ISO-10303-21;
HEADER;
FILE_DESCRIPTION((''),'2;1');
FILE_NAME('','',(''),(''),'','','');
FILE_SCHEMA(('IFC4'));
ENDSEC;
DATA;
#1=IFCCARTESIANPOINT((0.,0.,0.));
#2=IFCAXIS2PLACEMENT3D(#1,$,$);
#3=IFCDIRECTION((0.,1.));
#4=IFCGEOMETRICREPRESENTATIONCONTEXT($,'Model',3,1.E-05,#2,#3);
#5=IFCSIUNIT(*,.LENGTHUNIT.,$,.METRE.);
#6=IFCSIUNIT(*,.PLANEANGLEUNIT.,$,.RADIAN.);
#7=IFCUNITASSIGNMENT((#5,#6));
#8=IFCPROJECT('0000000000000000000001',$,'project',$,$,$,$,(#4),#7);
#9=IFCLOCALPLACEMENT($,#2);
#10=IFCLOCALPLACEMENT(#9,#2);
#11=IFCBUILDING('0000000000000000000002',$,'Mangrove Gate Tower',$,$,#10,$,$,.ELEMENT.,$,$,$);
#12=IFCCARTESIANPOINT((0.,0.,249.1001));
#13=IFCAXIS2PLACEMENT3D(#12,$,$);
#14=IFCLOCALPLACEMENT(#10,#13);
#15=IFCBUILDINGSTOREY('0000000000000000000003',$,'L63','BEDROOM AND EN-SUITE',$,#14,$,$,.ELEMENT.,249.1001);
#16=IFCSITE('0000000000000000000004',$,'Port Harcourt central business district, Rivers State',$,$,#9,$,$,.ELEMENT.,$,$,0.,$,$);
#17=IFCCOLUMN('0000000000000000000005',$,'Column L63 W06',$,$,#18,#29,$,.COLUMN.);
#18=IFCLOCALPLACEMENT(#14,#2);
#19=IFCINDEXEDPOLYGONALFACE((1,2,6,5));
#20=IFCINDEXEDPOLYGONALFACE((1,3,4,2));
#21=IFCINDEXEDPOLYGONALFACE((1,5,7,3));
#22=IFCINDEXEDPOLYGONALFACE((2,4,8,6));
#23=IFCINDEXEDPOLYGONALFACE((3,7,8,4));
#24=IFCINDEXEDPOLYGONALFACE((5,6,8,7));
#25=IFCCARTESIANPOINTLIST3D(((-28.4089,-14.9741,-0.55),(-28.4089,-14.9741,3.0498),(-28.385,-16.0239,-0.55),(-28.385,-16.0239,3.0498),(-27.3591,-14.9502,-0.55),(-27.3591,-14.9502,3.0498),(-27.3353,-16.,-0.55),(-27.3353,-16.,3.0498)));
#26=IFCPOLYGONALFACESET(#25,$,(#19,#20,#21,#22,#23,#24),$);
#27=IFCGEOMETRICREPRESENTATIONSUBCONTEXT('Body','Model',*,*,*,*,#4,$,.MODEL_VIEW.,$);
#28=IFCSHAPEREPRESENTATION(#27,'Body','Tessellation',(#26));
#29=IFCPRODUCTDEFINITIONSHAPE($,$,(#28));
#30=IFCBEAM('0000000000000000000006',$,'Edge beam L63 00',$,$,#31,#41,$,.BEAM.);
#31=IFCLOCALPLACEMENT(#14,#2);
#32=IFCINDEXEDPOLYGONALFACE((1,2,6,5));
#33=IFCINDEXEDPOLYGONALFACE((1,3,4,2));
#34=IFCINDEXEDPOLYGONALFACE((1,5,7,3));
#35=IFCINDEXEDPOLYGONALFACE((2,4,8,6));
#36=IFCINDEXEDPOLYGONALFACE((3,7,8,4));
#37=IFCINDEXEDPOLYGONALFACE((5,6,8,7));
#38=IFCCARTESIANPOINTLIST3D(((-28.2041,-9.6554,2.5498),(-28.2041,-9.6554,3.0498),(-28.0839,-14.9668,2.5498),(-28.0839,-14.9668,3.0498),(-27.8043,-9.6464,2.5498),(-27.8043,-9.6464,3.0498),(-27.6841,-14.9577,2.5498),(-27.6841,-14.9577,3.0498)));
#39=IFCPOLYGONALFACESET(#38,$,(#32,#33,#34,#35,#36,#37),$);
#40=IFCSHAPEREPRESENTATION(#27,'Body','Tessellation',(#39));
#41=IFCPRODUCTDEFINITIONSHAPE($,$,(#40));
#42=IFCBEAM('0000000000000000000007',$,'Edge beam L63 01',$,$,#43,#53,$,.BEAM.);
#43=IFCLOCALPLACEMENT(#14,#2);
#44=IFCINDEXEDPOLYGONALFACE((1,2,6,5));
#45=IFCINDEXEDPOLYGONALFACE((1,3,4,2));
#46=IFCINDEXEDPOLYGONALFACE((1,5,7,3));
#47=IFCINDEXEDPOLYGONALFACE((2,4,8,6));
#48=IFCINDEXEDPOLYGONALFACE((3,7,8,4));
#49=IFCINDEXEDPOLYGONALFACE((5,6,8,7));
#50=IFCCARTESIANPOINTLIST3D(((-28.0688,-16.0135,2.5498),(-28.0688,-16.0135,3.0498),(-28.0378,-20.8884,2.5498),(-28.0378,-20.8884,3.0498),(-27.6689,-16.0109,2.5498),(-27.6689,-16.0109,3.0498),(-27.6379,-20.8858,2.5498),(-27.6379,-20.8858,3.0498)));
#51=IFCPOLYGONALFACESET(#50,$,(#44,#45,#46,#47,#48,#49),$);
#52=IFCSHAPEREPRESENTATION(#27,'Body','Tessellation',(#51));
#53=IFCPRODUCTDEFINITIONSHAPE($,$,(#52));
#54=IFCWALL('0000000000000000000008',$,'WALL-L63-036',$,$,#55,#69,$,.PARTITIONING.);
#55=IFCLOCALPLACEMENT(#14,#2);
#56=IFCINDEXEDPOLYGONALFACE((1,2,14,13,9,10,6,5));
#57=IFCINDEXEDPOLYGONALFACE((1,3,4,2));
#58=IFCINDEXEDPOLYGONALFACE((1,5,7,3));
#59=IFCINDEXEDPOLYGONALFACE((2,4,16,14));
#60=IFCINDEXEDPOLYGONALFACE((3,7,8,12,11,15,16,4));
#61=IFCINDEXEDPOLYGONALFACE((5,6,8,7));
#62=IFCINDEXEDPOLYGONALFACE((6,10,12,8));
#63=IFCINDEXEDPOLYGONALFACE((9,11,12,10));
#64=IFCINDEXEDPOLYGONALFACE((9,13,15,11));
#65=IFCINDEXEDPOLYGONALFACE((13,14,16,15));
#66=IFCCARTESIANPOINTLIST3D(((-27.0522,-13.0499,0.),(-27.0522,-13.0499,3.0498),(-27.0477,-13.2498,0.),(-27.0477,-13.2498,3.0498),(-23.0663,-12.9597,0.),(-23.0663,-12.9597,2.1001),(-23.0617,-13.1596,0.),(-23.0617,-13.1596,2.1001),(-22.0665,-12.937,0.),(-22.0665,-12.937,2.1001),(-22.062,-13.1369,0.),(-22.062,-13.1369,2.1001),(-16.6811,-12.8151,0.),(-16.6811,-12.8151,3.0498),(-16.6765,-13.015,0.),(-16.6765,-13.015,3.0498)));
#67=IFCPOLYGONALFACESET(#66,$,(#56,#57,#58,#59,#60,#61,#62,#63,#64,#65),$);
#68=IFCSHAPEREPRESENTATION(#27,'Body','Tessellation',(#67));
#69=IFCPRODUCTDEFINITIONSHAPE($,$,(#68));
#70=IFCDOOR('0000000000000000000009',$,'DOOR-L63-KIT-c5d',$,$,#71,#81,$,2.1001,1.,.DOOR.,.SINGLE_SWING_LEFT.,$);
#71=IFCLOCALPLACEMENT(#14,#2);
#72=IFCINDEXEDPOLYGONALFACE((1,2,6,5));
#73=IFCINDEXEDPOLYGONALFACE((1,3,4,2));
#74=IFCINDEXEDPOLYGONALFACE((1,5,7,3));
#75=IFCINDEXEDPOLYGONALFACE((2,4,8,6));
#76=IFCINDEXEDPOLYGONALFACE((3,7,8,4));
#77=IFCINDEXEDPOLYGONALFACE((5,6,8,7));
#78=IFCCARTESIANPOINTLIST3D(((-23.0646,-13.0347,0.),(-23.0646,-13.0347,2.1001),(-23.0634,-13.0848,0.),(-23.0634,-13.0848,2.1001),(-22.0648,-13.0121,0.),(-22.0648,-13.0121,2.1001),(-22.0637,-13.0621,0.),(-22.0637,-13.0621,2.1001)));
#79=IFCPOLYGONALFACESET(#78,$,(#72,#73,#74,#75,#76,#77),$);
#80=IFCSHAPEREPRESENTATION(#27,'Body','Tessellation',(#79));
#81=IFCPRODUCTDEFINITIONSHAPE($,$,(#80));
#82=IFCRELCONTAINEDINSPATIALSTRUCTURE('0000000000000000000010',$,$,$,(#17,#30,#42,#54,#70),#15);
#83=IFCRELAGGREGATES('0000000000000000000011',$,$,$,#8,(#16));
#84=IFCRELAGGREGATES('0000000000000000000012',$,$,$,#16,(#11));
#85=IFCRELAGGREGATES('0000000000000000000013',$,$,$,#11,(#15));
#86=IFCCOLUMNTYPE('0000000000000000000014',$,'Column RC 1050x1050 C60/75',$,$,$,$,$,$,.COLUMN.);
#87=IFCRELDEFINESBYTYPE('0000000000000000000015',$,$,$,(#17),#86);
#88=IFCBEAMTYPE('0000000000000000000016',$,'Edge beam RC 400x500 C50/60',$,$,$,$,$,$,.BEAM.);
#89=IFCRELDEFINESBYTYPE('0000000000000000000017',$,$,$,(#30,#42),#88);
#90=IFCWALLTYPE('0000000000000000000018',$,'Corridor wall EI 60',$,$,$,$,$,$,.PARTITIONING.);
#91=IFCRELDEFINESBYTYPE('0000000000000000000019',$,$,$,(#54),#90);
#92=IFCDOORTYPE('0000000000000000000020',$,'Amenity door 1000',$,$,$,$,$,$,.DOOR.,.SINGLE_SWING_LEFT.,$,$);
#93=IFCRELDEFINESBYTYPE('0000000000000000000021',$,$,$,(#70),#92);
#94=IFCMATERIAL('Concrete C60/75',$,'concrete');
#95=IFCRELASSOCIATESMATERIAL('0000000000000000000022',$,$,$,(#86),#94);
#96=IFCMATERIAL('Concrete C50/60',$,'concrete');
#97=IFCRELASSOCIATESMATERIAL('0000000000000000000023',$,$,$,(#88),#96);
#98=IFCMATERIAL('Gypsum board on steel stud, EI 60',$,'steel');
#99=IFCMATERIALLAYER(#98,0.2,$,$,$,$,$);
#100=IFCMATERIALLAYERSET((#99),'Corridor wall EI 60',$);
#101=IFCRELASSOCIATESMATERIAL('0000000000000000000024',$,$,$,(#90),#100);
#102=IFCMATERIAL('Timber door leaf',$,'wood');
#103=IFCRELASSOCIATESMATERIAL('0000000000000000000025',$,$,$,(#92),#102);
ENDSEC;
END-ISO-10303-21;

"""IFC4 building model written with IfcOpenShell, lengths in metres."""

from ifc_helpers import new_model, si_unit, direction, frame, frame_2d, origin, origin_2d, place, context, subcontext, project, spatial, rectangle, extrude, material, layer, layer_set, material_profile, profile_set, type_object, element, fill, save


model = new_model("IFC4")

# Units and contexts
model_context = context("Model", 3, precision=1e-05, world=origin(), true_north=direction((0.0, 1.0)))
body_context = subcontext(model_context, "Body", "Model", "MODEL_VIEW")
ifc_project = project(units=[si_unit("LENGTHUNIT", "METRE"), si_unit("PLANEANGLEUNIT", "RADIAN")], contexts=[model_context])

# Site, building, storey
site_placement = place(None, origin())
site = spatial("IfcSite", under=ifc_project, at=site_placement, Name="Port Harcourt central business district, Rivers State", CompositionType="ELEMENT", RefElevation=0.0)
building_placement = place(site_placement, origin())
building = spatial("IfcBuilding", under=site, at=building_placement, Name="Mangrove Gate Tower", CompositionType="ELEMENT")
storey_placement = place(building_placement, frame((0.0, 0.0, 249.1001)))
storey = spatial("IfcBuildingStorey", under=building, at=storey_placement, Name="L63", Description="BEDROOM AND EN-SUITE", CompositionType="ELEMENT", Elevation=249.1001)

# Column
ifc_material_1 = material(Name="Concrete C60/75", Category="concrete")
ifc_material_profile_1 = material_profile(ifc_material_1, rectangle(XDim=1.05, YDim=1.05, at=origin_2d()))
ifc_profile_set_1 = profile_set([ifc_material_profile_1], Name="Concrete C60/75")
column_type = type_object("IfcColumnType", Name="Column RC 1050x1050 C60/75", PredefinedType="COLUMN", material=ifc_profile_set_1)
column_placement = place(storey_placement, frame((-27.8721, -15.4871, -0.55), z_axis=(0.0, 0.0, 1.0), x_axis=(0.022711, -0.999742, 0.0)))
element("IfcColumn", 1, at=column_placement, inside=storey, type_object=column_type, Name="Column L63 W06", PredefinedType="COLUMN", context=body_context, shape_type="SweptSolid", body=[
    extrude(rectangle(XDim=1.05, YDim=1.05, at=origin_2d()), origin(), (0.0, 0.0, 1.0), 3.5999),
])

# Beams
ifc_material_2 = material(Name="Concrete C50/60", Category="concrete")
ifc_material_profile_2 = material_profile(ifc_material_2, rectangle(XDim=0.3999, YDim=0.5, at=origin_2d()))
ifc_profile_set_2 = profile_set([ifc_material_profile_2], Name="Concrete C50/60")
beam_type = type_object("IfcBeamType", Name="Edge beam RC 400x500 C50/60", PredefinedType="BEAM", material=ifc_profile_set_2)
beam_1_placement = place(storey_placement, frame((-28.0042, -9.6509, 2.7998), z_axis=(0.02261, -0.999744, 0.0), x_axis=(0.999744, 0.02261, 0.0)))
element("IfcBeam", 2, at=beam_1_placement, inside=storey, type_object=beam_type, Name="Edge beam L63 00", PredefinedType="BEAM", context=body_context, shape_type="SweptSolid", body=[
    extrude(rectangle(XDim=0.3999, YDim=0.5, at=origin_2d()), origin(), (0.0, 0.0, 1.0), 5.3127),
])
beam_2_placement = place(storey_placement, frame((-27.8689, -16.0122, 2.7998), z_axis=(0.00636, -0.99998, 0.0), x_axis=(0.99998, 0.00636, 0.0)))
element("IfcBeam", 3, at=beam_2_placement, inside=storey, type_object=beam_type, Name="Edge beam L63 01", PredefinedType="BEAM", context=body_context, shape_type="SweptSolid", body=[
    extrude(rectangle(XDim=0.3999, YDim=0.5, at=origin_2d()), origin(), (0.0, 0.0, 1.0), 4.875),
])

# Wall, opening, door
ifc_material_3 = material(Name="Gypsum board on steel stud, EI 60", Category="steel")
ifc_layer = layer(ifc_material_3, 0.2)
ifc_layer_set = layer_set([ifc_layer], Name="Corridor wall EI 60")
wall_type = type_object("IfcWallType", Name="Corridor wall EI 60", PredefinedType="PARTITIONING", material=ifc_layer_set)
wall_placement = place(storey_placement, frame((-27.05, -13.1499, 0.0), z_axis=(0.0, 0.0, 1.0), x_axis=(0.999744, 0.02264, 0.0)))
wall = element("IfcWall", 4, at=wall_placement, inside=storey, type_object=wall_type, Name="WALL-L63-036", PredefinedType="PARTITIONING", context=body_context, shape_type="SweptSolid", body=[
    extrude(rectangle(XDim=10.3738, YDim=0.2, at=frame_2d((5.187, 0.0))), origin(), (0.0, 0.0, 1.0), 3.0498),
])
opening_placement = place(wall_placement, frame((3.9871, 0.0, 0.0)))
opening = element("IfcOpeningElement", 5, at=opening_placement, cuts=wall, PredefinedType="OPENING", context=body_context, shape_type="SweptSolid", body=[
    extrude(rectangle(XDim=1.0, YDim=2.1001, at=frame_2d((0.5, 1.05))), frame((0.0, 0.1099, 0.0), z_axis=(0.0, -1.0, 0.0), x_axis=(1.0, 0.0, 0.0)), (0.0, 0.0, 1.0), 0.22),
])
ifc_material_4 = material(Name="Timber door leaf", Category="wood")
door_type = type_object("IfcDoorType", Name="Amenity door 1000", OperationType="SINGLE_SWING_LEFT", PredefinedType="DOOR", material=ifc_material_4)
door_placement = place(opening_placement, origin())
door = element("IfcDoor", 6, at=door_placement, inside=storey, type_object=door_type, Name="DOOR-L63-KIT-c5d", OperationType="SINGLE_SWING_LEFT", OverallHeight=2.1001, OverallWidth=1.0, PredefinedType="DOOR", context=body_context, shape_type="SweptSolid", body=[
    extrude(rectangle(XDim=1.0, YDim=2.1001, at=frame_2d((0.5, 1.05))), frame((0.0, 0.0249, 0.0), z_axis=(0.0, -1.0, 0.0), x_axis=(1.0, 0.0, 0.0)), (0.0, 0.0, 1.0), 0.05),
])
fill(opening, door)

save(model, "model.ifc")
